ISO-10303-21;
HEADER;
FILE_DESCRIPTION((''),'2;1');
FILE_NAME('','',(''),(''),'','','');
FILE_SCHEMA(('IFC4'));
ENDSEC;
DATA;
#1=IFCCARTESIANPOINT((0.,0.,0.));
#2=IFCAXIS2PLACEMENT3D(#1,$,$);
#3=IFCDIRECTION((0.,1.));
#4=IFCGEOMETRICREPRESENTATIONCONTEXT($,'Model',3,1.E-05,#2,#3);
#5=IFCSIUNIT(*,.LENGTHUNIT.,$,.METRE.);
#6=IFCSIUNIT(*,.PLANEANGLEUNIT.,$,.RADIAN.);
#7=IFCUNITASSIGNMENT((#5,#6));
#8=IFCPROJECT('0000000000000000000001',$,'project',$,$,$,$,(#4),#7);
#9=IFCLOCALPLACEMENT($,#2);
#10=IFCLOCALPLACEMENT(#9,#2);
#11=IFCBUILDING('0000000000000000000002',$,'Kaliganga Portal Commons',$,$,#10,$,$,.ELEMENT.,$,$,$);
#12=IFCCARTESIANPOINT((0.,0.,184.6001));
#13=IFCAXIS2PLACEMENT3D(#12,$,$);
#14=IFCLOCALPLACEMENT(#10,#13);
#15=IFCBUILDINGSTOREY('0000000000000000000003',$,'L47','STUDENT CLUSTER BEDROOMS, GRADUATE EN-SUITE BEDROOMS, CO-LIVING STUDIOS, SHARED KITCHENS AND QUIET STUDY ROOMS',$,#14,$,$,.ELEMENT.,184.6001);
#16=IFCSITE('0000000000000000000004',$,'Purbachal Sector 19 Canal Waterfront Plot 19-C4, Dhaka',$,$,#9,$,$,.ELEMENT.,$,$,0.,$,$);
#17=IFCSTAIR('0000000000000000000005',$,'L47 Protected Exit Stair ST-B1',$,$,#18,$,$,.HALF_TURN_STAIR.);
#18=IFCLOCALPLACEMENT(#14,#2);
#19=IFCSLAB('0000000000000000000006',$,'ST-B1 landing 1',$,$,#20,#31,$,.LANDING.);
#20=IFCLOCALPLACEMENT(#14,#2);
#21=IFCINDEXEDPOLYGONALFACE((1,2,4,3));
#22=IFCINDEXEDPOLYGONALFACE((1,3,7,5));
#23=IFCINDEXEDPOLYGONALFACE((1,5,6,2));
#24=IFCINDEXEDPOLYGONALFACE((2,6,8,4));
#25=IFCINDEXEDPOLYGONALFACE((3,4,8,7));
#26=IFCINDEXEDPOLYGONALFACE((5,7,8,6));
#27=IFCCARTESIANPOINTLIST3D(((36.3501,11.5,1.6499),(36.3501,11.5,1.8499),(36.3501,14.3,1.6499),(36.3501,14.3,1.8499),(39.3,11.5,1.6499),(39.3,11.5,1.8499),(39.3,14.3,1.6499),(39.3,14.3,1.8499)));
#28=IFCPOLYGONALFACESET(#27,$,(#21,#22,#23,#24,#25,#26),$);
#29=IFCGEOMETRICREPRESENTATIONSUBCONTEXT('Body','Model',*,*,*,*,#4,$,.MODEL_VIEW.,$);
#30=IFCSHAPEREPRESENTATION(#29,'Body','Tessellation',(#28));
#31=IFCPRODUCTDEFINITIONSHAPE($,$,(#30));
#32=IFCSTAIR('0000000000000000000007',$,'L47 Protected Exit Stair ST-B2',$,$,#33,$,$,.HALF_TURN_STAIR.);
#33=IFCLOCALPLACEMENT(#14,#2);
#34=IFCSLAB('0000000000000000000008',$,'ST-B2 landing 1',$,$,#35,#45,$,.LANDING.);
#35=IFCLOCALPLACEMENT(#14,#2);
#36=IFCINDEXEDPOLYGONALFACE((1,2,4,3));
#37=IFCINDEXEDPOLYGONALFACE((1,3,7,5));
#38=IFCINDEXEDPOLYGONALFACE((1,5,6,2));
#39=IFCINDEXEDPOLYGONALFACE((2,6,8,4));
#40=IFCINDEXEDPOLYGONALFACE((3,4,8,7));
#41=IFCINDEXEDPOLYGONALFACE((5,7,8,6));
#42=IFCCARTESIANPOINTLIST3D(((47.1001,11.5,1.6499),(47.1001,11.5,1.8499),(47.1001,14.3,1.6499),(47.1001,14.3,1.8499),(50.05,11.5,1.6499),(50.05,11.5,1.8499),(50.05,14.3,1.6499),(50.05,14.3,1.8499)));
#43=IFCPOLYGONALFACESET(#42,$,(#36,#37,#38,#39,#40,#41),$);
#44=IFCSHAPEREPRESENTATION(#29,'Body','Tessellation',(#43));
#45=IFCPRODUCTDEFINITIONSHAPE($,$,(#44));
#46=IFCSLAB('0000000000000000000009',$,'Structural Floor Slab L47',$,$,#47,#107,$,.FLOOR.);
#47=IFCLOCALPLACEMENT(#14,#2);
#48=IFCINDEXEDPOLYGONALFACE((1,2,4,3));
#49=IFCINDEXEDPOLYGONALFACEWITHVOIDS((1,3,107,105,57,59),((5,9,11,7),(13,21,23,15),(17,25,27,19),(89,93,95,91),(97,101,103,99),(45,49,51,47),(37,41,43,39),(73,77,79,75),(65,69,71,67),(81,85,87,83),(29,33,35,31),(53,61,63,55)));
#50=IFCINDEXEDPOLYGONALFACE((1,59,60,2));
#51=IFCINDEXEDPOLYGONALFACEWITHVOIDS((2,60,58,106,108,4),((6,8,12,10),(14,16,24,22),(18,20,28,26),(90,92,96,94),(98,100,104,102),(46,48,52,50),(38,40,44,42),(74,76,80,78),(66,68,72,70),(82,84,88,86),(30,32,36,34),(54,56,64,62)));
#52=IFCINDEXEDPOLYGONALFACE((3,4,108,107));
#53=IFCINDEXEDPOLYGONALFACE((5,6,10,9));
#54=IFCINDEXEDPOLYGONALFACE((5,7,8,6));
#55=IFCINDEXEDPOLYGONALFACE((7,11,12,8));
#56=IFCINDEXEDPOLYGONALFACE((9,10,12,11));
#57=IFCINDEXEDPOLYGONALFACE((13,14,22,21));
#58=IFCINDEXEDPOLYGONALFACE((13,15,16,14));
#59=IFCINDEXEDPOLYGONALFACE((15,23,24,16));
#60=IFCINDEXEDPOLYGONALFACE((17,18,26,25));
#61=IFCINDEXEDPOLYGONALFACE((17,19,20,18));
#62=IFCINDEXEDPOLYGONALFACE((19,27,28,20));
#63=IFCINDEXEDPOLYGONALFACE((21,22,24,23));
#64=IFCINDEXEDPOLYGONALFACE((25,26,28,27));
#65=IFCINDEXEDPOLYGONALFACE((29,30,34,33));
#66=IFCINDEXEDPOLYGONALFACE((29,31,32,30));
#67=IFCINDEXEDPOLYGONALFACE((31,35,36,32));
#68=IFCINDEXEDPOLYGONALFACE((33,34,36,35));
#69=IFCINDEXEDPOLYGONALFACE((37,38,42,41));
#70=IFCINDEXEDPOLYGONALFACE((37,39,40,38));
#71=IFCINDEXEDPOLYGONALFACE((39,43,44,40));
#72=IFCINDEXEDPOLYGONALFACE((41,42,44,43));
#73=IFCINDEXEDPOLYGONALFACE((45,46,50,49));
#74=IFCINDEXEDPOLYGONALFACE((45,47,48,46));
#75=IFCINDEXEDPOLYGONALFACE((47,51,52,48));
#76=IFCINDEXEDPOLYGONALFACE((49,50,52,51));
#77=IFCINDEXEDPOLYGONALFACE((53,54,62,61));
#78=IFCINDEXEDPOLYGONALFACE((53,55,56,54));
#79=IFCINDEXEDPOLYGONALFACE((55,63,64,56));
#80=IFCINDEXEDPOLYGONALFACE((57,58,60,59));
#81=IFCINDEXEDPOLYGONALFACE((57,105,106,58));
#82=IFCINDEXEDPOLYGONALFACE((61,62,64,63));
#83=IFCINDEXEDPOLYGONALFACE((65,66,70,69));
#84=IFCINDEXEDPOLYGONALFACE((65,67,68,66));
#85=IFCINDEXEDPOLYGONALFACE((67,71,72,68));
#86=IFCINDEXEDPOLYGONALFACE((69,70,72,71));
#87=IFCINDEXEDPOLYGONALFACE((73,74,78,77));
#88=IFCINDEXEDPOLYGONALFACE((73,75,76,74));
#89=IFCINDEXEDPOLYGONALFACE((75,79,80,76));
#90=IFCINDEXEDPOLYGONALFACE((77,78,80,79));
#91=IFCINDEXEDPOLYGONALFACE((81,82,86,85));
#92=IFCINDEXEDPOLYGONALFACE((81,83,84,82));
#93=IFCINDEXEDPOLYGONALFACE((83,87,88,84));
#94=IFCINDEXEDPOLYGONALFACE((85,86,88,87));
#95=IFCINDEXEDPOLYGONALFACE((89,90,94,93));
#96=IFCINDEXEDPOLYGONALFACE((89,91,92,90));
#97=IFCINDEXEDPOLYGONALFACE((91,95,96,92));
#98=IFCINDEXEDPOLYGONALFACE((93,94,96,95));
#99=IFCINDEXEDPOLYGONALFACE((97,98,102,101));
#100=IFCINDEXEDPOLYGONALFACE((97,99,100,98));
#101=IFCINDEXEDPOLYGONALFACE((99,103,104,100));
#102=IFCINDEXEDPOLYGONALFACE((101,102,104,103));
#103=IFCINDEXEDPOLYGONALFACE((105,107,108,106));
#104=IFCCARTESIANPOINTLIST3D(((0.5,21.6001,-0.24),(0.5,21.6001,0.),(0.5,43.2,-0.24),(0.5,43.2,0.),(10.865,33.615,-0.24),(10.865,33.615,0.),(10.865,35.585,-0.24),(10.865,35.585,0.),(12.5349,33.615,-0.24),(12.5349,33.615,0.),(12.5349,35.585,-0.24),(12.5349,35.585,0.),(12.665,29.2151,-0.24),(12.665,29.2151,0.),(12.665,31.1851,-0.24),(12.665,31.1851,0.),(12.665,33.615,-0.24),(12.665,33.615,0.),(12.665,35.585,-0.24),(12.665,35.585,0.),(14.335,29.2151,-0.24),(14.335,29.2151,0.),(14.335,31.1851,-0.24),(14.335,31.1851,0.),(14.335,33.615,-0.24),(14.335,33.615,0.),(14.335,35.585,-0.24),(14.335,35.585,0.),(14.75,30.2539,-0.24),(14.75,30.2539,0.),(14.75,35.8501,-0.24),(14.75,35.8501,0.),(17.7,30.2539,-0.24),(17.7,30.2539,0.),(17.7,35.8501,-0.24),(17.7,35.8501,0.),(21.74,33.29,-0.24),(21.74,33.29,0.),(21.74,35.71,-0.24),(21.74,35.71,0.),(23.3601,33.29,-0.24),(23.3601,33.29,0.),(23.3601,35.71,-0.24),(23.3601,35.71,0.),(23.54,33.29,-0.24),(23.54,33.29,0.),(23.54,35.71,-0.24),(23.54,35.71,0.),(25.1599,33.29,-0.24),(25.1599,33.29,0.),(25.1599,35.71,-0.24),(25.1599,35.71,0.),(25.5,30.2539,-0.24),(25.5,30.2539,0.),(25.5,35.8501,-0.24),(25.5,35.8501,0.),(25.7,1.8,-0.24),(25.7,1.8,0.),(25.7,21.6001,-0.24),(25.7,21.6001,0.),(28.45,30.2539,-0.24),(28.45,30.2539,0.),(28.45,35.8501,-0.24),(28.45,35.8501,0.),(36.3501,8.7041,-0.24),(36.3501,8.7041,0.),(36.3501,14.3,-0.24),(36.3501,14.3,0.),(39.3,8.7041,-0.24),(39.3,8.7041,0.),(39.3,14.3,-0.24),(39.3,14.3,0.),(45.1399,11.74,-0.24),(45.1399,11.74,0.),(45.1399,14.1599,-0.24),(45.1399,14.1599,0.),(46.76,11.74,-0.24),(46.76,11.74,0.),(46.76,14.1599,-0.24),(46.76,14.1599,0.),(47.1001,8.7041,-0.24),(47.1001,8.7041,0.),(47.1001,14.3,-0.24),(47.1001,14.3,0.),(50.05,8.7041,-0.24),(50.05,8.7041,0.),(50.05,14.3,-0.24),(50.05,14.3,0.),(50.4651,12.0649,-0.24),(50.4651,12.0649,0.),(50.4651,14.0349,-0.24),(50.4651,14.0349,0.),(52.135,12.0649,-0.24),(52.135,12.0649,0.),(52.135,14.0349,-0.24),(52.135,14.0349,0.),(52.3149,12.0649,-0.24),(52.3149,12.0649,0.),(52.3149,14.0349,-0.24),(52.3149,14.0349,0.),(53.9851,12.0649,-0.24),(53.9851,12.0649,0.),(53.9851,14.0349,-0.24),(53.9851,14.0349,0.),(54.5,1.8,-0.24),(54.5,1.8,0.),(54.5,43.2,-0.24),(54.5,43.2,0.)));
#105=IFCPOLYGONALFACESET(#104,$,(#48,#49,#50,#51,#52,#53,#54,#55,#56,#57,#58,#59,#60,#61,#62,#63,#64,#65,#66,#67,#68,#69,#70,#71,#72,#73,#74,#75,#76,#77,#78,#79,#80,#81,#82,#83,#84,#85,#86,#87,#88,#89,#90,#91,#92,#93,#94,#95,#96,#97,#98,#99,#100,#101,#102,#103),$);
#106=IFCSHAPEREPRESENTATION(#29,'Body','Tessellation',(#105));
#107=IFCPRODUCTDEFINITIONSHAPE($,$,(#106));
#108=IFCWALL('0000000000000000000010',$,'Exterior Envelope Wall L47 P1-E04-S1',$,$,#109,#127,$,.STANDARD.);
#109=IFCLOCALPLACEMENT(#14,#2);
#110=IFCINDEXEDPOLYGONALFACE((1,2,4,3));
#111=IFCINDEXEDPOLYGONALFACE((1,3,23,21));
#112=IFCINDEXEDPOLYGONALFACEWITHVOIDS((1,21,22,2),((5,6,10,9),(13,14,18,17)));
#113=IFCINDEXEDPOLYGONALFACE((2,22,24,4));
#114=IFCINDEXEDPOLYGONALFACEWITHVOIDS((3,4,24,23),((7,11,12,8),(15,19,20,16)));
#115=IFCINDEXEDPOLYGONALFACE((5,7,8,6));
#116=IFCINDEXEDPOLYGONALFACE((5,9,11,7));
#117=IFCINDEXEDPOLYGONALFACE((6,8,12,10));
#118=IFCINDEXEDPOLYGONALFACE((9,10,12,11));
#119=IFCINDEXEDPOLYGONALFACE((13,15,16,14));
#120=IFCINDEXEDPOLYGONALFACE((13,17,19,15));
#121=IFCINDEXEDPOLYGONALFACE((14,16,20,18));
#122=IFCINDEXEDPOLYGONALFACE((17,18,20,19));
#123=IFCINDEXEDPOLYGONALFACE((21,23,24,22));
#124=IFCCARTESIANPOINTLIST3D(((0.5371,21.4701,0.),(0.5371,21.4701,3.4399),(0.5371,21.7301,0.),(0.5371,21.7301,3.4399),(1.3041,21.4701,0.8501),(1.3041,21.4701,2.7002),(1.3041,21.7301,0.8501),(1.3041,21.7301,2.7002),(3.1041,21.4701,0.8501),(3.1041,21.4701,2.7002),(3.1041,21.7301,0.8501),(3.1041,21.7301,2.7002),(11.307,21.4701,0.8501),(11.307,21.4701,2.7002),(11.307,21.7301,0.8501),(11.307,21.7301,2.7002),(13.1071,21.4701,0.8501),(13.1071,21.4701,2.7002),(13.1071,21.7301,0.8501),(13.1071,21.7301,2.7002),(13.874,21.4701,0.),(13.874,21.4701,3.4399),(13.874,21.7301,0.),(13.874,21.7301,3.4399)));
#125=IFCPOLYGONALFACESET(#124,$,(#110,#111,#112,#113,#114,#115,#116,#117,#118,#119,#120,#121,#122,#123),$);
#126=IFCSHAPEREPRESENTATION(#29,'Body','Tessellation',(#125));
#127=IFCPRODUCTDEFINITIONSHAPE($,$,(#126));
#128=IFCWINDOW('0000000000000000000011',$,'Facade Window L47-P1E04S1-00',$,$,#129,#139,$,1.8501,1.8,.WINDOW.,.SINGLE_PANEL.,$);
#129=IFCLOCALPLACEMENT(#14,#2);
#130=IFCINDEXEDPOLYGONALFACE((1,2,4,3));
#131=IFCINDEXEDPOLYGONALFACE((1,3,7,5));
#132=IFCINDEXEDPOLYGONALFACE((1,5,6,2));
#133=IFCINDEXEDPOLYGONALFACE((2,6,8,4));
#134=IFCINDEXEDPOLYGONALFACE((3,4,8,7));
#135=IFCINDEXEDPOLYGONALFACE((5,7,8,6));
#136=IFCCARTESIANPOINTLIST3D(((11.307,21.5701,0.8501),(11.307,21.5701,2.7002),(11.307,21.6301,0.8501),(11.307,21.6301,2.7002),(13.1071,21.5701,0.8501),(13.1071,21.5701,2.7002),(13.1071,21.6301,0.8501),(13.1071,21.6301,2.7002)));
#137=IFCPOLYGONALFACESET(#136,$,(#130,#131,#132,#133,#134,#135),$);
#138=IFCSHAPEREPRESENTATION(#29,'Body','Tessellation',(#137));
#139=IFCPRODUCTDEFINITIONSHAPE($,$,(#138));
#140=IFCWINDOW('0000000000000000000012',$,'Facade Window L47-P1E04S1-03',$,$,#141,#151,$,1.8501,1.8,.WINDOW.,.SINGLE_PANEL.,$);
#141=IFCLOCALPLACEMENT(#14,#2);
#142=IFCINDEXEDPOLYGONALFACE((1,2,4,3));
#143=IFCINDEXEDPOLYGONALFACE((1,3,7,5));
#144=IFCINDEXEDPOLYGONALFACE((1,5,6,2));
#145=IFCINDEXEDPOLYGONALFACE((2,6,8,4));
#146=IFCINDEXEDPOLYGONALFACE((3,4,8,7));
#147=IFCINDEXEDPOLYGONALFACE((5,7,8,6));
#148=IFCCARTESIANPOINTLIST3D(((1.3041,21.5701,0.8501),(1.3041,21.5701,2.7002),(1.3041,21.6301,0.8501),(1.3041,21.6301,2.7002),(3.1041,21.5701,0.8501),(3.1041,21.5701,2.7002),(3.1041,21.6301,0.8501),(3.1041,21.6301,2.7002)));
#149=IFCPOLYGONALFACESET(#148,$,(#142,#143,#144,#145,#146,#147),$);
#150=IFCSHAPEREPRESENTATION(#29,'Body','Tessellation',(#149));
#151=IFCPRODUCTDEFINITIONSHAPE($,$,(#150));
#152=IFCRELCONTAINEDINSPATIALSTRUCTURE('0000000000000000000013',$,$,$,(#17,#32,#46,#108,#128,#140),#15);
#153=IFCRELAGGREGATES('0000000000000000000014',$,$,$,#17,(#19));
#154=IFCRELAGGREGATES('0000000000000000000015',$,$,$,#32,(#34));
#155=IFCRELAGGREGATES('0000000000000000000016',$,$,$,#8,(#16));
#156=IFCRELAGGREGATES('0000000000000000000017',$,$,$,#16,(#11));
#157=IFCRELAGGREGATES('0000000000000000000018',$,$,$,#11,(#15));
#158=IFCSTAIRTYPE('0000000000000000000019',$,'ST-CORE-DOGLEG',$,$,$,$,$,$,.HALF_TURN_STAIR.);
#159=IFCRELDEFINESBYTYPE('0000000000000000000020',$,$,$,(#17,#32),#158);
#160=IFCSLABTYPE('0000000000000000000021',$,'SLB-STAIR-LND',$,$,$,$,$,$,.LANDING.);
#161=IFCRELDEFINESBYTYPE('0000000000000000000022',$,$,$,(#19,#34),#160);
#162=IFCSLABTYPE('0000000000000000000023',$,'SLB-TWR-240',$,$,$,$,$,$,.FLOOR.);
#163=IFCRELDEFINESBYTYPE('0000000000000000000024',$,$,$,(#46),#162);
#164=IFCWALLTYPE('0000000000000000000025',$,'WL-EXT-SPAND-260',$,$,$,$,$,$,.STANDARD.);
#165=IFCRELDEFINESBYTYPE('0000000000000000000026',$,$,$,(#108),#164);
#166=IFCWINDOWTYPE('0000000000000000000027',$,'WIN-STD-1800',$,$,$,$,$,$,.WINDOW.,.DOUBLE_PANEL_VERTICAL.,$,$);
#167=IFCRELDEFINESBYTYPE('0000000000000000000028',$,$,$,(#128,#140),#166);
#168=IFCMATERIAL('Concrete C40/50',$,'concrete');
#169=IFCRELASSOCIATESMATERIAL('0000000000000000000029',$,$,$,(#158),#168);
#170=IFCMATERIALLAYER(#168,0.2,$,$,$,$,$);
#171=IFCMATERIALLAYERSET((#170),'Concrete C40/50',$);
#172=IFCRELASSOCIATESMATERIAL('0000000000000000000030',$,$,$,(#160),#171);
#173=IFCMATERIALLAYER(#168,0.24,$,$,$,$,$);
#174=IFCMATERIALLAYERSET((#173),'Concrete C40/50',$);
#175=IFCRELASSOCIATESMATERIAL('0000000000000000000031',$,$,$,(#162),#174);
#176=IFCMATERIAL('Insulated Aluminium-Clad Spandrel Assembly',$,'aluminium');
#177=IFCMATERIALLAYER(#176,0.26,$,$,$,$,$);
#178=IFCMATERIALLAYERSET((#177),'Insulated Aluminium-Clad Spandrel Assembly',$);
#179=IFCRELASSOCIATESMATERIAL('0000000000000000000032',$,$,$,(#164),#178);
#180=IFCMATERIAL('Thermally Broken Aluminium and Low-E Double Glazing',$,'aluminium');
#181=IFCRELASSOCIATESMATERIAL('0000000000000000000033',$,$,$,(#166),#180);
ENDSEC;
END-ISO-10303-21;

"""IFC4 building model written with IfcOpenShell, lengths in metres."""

from ifc_helpers import new_model, si_unit, direction, frame, frame_2d, origin, place, context, subcontext, project, spatial, polyline, rectangle, outline, extrude, material, layer, layer_set, type_object, element, fill, aggregate, save


model = new_model("IFC4")

# Units and contexts
model_context = context("Model", 3, precision=1e-05, world=origin(), true_north=direction((0.0, 1.0)))
body_context = subcontext(model_context, "Body", "Model", "MODEL_VIEW")
ifc_project = project(units=[si_unit("LENGTHUNIT", "METRE"), si_unit("PLANEANGLEUNIT", "RADIAN")], contexts=[model_context])

# Site, building, storey
site_placement = place(None, origin())
site = spatial("IfcSite", under=ifc_project, at=site_placement, Name="Purbachal Sector 19 Canal Waterfront Plot 19-C4, Dhaka", CompositionType="ELEMENT", RefElevation=0.0)
building_placement = place(site_placement, origin())
building = spatial("IfcBuilding", under=site, at=building_placement, Name="Kaliganga Portal Commons", CompositionType="ELEMENT")
storey_placement = place(building_placement, frame((0.0, 0.0, 184.6001)))
storey = spatial("IfcBuildingStorey", under=building, at=storey_placement, Name="L47", Description="STUDENT CLUSTER BEDROOMS, GRADUATE EN-SUITE BEDROOMS, CO-LIVING STUDIOS, SHARED KITCHENS AND QUIET STUDY ROOMS", CompositionType="ELEMENT", Elevation=184.6001)

# Shared definitions
ifc_material_1 = material(Name="Concrete C40/50", Category="concrete")

# Stairs, slabs
stair_type = type_object("IfcStairType", Name="ST-CORE-DOGLEG", PredefinedType="HALF_TURN_STAIR", material=ifc_material_1)
ifc_layer_1 = layer(ifc_material_1, 0.2)
ifc_layer_set_1 = layer_set([ifc_layer_1], Name="Concrete C40/50")
slab_type_1 = type_object("IfcSlabType", Name="SLB-STAIR-LND", PredefinedType="LANDING", material=ifc_layer_set_1)
stair_1_placement = place(storey_placement, origin())
stair_1 = element("IfcStair", 1, at=stair_1_placement, inside=storey, type_object=stair_type, Name="L47 Protected Exit Stair ST-B1", PredefinedType="HALF_TURN_STAIR")
slab_1_placement = place(storey_placement, frame((0.0, 0.0, 1.6499)))
slab_1 = element("IfcSlab", 2, at=slab_1_placement, type_object=slab_type_1, Name="ST-B1 landing 1", PredefinedType="LANDING", context=body_context, shape_type="SweptSolid", body=[
    extrude(outline(polyline([(39.3, 11.5), (39.3, 14.3), (36.3501, 14.3), (36.3501, 11.5), (39.3, 11.5)])), origin(), (0.0, 0.0, 1.0), 0.2),
])
aggregate(stair_1, [slab_1])
stair_2_placement = place(storey_placement, origin())
stair_2 = element("IfcStair", 3, at=stair_2_placement, inside=storey, type_object=stair_type, Name="L47 Protected Exit Stair ST-B2", PredefinedType="HALF_TURN_STAIR")
slab_2_placement = place(storey_placement, frame((0.0, 0.0, 1.6499)))
slab_2 = element("IfcSlab", 4, at=slab_2_placement, type_object=slab_type_1, Name="ST-B2 landing 1", PredefinedType="LANDING", context=body_context, shape_type="SweptSolid", body=[
    extrude(outline(polyline([(50.05, 11.5), (50.05, 14.3), (47.1001, 14.3), (47.1001, 11.5), (50.05, 11.5)])), origin(), (0.0, 0.0, 1.0), 0.2),
])
aggregate(stair_2, [slab_2])

# Slab
ifc_layer_2 = layer(ifc_material_1, 0.24)
ifc_layer_set_2 = layer_set([ifc_layer_2], Name="Concrete C40/50")
slab_type_2 = type_object("IfcSlabType", Name="SLB-TWR-240", PredefinedType="FLOOR", material=ifc_layer_set_2)
slab_3_placement = place(storey_placement, frame((0.0, 0.0, -0.24)))
element("IfcSlab", 5, at=slab_3_placement, inside=storey, type_object=slab_type_2, Name="Structural Floor Slab L47", PredefinedType="FLOOR", context=body_context, shape_type="SweptSolid", body=[
    extrude(outline(polyline([(25.7, 1.8), (54.5, 1.8), (54.5, 43.2), (0.5, 43.2), (0.5, 21.6001), (25.7, 21.6001), (25.7, 1.8)]), holes=[polyline([(14.75, 30.2539), (14.75, 35.8501), (17.7, 35.8501), (17.7, 30.2539), (14.75, 30.2539)]), polyline([(25.5, 30.2539), (25.5, 35.8501), (28.45, 35.8501), (28.45, 30.2539), (25.5, 30.2539)]), polyline([(36.3501, 8.7041), (36.3501, 14.3), (39.3, 14.3), (39.3, 8.7041), (36.3501, 8.7041)]), polyline([(47.1001, 8.7041), (47.1001, 14.3), (50.05, 14.3), (50.05, 8.7041), (47.1001, 8.7041)]), polyline([(12.665, 33.615), (12.665, 35.585), (14.335, 35.585), (14.335, 33.615), (12.665, 33.615)]), polyline([(12.665, 29.2151), (12.665, 31.1851), (14.335, 31.1851), (14.335, 29.2151), (12.665, 29.2151)]), polyline([(10.865, 33.615), (10.865, 35.585), (12.5349, 35.585), (12.5349, 33.615), (10.865, 33.615)]), polyline([(21.74, 33.29), (21.74, 35.71), (23.3601, 35.71), (23.3601, 33.29), (21.74, 33.29)]), polyline([(23.54, 33.29), (23.54, 35.71), (25.1599, 35.71), (25.1599, 33.29), (23.54, 33.29)]), polyline([(50.4651, 12.0649), (50.4651, 14.0349), (52.135, 14.0349), (52.135, 12.0649), (50.4651, 12.0649)]), polyline([(52.3149, 12.0649), (52.3149, 14.0349), (53.9851, 14.0349), (53.9851, 12.0649), (52.3149, 12.0649)]), polyline([(45.1399, 11.74), (45.1399, 14.1599), (46.76, 14.1599), (46.76, 11.74), (45.1399, 11.74)])]), origin(), (0.0, 0.0, 1.0), 0.24),
])

# Wall, openings, windows
ifc_material_2 = material(Name="Insulated Aluminium-Clad Spandrel Assembly", Category="aluminium")
ifc_layer_3 = layer(ifc_material_2, 0.26)
ifc_layer_set_3 = layer_set([ifc_layer_3], Name="Insulated Aluminium-Clad Spandrel Assembly")
wall_type = type_object("IfcWallType", Name="WL-EXT-SPAND-260", PredefinedType="STANDARD", material=ifc_layer_set_3)
wall_1_placement = place(storey_placement, frame((13.874, 21.6001, 0.0), z_axis=(0.0, 0.0, 1.0), x_axis=(-1.0, 0.0, 0.0)))
wall_1 = element("IfcWall", 6, at=wall_1_placement, inside=storey, type_object=wall_type, Name="Exterior Envelope Wall L47 P1-E04-S1", PredefinedType="STANDARD", context=body_context, shape_type="SweptSolid", body=[
    extrude(rectangle(XDim=13.3369, YDim=0.26, at=frame_2d((6.6685, 0.0))), origin(), (0.0, 0.0, 1.0), 3.4399),
])
opening_1_placement = place(wall_1_placement, frame((0.7671, 0.0, 0.8501)))
opening_1 = element("IfcOpeningElement", 7, at=opening_1_placement, cuts=wall_1, PredefinedType="OPENING", context=body_context, shape_type="SweptSolid", body=[
    extrude(rectangle(XDim=1.8, YDim=1.8501, at=frame_2d((0.8999, 0.925))), frame((0.0, 0.1401, 0.0), z_axis=(0.0, -1.0, 0.0), x_axis=(1.0, 0.0, 0.0)), (0.0, 0.0, 1.0), 0.28),
])
opening_2_placement = place(wall_1_placement, frame((10.77, 0.0, 0.8501)))
opening_2 = element("IfcOpeningElement", 8, at=opening_2_placement, cuts=wall_1, PredefinedType="OPENING", context=body_context, shape_type="SweptSolid", body=[
    extrude(rectangle(XDim=1.8, YDim=1.8501, at=frame_2d((0.8999, 0.925))), frame((0.0, 0.1401, 0.0), z_axis=(0.0, -1.0, 0.0), x_axis=(1.0, 0.0, 0.0)), (0.0, 0.0, 1.0), 0.28),
])
ifc_material_3 = material(Name="Thermally Broken Aluminium and Low-E Double Glazing", Category="aluminium")
window_type_1 = type_object("IfcWindowType", Name="WIN-STD-1800", PartitioningType="DOUBLE_PANEL_VERTICAL", PredefinedType="WINDOW", material=ifc_material_3)
window_1_placement = place(opening_1_placement, origin())
window_1 = element("IfcWindow", 9, at=window_1_placement, inside=storey, type_object=window_type_1, Name="Facade Window L47-P1E04S1-00", OverallHeight=1.8501, OverallWidth=1.8, PartitioningType="SINGLE_PANEL", PredefinedType="WINDOW", context=body_context, shape_type="SweptSolid", body=[
    extrude(rectangle(XDim=1.8, YDim=1.8501, at=frame_2d((0.8999, 0.925))), frame((0.0, 0.03, 0.0), z_axis=(0.0, -1.0, 0.0), x_axis=(1.0, 0.0, 0.0)), (0.0, 0.0, 1.0), 0.0601),
])
fill(opening_1, window_1)
window_2_placement = place(opening_2_placement, origin())
window_2 = element("IfcWindow", 10, at=window_2_placement, inside=storey, type_object=window_type_1, Name="Facade Window L47-P1E04S1-03", OverallHeight=1.8501, OverallWidth=1.8, PartitioningType="SINGLE_PANEL", PredefinedType="WINDOW", context=body_context, shape_type="SweptSolid", body=[
    extrude(rectangle(XDim=1.8, YDim=1.8501, at=frame_2d((0.8999, 0.925))), frame((0.0, 0.03, 0.0), z_axis=(0.0, -1.0, 0.0), x_axis=(1.0, 0.0, 0.0)), (0.0, 0.0, 1.0), 0.0601),
])
fill(opening_2, window_2)

save(model, "model.ifc")
